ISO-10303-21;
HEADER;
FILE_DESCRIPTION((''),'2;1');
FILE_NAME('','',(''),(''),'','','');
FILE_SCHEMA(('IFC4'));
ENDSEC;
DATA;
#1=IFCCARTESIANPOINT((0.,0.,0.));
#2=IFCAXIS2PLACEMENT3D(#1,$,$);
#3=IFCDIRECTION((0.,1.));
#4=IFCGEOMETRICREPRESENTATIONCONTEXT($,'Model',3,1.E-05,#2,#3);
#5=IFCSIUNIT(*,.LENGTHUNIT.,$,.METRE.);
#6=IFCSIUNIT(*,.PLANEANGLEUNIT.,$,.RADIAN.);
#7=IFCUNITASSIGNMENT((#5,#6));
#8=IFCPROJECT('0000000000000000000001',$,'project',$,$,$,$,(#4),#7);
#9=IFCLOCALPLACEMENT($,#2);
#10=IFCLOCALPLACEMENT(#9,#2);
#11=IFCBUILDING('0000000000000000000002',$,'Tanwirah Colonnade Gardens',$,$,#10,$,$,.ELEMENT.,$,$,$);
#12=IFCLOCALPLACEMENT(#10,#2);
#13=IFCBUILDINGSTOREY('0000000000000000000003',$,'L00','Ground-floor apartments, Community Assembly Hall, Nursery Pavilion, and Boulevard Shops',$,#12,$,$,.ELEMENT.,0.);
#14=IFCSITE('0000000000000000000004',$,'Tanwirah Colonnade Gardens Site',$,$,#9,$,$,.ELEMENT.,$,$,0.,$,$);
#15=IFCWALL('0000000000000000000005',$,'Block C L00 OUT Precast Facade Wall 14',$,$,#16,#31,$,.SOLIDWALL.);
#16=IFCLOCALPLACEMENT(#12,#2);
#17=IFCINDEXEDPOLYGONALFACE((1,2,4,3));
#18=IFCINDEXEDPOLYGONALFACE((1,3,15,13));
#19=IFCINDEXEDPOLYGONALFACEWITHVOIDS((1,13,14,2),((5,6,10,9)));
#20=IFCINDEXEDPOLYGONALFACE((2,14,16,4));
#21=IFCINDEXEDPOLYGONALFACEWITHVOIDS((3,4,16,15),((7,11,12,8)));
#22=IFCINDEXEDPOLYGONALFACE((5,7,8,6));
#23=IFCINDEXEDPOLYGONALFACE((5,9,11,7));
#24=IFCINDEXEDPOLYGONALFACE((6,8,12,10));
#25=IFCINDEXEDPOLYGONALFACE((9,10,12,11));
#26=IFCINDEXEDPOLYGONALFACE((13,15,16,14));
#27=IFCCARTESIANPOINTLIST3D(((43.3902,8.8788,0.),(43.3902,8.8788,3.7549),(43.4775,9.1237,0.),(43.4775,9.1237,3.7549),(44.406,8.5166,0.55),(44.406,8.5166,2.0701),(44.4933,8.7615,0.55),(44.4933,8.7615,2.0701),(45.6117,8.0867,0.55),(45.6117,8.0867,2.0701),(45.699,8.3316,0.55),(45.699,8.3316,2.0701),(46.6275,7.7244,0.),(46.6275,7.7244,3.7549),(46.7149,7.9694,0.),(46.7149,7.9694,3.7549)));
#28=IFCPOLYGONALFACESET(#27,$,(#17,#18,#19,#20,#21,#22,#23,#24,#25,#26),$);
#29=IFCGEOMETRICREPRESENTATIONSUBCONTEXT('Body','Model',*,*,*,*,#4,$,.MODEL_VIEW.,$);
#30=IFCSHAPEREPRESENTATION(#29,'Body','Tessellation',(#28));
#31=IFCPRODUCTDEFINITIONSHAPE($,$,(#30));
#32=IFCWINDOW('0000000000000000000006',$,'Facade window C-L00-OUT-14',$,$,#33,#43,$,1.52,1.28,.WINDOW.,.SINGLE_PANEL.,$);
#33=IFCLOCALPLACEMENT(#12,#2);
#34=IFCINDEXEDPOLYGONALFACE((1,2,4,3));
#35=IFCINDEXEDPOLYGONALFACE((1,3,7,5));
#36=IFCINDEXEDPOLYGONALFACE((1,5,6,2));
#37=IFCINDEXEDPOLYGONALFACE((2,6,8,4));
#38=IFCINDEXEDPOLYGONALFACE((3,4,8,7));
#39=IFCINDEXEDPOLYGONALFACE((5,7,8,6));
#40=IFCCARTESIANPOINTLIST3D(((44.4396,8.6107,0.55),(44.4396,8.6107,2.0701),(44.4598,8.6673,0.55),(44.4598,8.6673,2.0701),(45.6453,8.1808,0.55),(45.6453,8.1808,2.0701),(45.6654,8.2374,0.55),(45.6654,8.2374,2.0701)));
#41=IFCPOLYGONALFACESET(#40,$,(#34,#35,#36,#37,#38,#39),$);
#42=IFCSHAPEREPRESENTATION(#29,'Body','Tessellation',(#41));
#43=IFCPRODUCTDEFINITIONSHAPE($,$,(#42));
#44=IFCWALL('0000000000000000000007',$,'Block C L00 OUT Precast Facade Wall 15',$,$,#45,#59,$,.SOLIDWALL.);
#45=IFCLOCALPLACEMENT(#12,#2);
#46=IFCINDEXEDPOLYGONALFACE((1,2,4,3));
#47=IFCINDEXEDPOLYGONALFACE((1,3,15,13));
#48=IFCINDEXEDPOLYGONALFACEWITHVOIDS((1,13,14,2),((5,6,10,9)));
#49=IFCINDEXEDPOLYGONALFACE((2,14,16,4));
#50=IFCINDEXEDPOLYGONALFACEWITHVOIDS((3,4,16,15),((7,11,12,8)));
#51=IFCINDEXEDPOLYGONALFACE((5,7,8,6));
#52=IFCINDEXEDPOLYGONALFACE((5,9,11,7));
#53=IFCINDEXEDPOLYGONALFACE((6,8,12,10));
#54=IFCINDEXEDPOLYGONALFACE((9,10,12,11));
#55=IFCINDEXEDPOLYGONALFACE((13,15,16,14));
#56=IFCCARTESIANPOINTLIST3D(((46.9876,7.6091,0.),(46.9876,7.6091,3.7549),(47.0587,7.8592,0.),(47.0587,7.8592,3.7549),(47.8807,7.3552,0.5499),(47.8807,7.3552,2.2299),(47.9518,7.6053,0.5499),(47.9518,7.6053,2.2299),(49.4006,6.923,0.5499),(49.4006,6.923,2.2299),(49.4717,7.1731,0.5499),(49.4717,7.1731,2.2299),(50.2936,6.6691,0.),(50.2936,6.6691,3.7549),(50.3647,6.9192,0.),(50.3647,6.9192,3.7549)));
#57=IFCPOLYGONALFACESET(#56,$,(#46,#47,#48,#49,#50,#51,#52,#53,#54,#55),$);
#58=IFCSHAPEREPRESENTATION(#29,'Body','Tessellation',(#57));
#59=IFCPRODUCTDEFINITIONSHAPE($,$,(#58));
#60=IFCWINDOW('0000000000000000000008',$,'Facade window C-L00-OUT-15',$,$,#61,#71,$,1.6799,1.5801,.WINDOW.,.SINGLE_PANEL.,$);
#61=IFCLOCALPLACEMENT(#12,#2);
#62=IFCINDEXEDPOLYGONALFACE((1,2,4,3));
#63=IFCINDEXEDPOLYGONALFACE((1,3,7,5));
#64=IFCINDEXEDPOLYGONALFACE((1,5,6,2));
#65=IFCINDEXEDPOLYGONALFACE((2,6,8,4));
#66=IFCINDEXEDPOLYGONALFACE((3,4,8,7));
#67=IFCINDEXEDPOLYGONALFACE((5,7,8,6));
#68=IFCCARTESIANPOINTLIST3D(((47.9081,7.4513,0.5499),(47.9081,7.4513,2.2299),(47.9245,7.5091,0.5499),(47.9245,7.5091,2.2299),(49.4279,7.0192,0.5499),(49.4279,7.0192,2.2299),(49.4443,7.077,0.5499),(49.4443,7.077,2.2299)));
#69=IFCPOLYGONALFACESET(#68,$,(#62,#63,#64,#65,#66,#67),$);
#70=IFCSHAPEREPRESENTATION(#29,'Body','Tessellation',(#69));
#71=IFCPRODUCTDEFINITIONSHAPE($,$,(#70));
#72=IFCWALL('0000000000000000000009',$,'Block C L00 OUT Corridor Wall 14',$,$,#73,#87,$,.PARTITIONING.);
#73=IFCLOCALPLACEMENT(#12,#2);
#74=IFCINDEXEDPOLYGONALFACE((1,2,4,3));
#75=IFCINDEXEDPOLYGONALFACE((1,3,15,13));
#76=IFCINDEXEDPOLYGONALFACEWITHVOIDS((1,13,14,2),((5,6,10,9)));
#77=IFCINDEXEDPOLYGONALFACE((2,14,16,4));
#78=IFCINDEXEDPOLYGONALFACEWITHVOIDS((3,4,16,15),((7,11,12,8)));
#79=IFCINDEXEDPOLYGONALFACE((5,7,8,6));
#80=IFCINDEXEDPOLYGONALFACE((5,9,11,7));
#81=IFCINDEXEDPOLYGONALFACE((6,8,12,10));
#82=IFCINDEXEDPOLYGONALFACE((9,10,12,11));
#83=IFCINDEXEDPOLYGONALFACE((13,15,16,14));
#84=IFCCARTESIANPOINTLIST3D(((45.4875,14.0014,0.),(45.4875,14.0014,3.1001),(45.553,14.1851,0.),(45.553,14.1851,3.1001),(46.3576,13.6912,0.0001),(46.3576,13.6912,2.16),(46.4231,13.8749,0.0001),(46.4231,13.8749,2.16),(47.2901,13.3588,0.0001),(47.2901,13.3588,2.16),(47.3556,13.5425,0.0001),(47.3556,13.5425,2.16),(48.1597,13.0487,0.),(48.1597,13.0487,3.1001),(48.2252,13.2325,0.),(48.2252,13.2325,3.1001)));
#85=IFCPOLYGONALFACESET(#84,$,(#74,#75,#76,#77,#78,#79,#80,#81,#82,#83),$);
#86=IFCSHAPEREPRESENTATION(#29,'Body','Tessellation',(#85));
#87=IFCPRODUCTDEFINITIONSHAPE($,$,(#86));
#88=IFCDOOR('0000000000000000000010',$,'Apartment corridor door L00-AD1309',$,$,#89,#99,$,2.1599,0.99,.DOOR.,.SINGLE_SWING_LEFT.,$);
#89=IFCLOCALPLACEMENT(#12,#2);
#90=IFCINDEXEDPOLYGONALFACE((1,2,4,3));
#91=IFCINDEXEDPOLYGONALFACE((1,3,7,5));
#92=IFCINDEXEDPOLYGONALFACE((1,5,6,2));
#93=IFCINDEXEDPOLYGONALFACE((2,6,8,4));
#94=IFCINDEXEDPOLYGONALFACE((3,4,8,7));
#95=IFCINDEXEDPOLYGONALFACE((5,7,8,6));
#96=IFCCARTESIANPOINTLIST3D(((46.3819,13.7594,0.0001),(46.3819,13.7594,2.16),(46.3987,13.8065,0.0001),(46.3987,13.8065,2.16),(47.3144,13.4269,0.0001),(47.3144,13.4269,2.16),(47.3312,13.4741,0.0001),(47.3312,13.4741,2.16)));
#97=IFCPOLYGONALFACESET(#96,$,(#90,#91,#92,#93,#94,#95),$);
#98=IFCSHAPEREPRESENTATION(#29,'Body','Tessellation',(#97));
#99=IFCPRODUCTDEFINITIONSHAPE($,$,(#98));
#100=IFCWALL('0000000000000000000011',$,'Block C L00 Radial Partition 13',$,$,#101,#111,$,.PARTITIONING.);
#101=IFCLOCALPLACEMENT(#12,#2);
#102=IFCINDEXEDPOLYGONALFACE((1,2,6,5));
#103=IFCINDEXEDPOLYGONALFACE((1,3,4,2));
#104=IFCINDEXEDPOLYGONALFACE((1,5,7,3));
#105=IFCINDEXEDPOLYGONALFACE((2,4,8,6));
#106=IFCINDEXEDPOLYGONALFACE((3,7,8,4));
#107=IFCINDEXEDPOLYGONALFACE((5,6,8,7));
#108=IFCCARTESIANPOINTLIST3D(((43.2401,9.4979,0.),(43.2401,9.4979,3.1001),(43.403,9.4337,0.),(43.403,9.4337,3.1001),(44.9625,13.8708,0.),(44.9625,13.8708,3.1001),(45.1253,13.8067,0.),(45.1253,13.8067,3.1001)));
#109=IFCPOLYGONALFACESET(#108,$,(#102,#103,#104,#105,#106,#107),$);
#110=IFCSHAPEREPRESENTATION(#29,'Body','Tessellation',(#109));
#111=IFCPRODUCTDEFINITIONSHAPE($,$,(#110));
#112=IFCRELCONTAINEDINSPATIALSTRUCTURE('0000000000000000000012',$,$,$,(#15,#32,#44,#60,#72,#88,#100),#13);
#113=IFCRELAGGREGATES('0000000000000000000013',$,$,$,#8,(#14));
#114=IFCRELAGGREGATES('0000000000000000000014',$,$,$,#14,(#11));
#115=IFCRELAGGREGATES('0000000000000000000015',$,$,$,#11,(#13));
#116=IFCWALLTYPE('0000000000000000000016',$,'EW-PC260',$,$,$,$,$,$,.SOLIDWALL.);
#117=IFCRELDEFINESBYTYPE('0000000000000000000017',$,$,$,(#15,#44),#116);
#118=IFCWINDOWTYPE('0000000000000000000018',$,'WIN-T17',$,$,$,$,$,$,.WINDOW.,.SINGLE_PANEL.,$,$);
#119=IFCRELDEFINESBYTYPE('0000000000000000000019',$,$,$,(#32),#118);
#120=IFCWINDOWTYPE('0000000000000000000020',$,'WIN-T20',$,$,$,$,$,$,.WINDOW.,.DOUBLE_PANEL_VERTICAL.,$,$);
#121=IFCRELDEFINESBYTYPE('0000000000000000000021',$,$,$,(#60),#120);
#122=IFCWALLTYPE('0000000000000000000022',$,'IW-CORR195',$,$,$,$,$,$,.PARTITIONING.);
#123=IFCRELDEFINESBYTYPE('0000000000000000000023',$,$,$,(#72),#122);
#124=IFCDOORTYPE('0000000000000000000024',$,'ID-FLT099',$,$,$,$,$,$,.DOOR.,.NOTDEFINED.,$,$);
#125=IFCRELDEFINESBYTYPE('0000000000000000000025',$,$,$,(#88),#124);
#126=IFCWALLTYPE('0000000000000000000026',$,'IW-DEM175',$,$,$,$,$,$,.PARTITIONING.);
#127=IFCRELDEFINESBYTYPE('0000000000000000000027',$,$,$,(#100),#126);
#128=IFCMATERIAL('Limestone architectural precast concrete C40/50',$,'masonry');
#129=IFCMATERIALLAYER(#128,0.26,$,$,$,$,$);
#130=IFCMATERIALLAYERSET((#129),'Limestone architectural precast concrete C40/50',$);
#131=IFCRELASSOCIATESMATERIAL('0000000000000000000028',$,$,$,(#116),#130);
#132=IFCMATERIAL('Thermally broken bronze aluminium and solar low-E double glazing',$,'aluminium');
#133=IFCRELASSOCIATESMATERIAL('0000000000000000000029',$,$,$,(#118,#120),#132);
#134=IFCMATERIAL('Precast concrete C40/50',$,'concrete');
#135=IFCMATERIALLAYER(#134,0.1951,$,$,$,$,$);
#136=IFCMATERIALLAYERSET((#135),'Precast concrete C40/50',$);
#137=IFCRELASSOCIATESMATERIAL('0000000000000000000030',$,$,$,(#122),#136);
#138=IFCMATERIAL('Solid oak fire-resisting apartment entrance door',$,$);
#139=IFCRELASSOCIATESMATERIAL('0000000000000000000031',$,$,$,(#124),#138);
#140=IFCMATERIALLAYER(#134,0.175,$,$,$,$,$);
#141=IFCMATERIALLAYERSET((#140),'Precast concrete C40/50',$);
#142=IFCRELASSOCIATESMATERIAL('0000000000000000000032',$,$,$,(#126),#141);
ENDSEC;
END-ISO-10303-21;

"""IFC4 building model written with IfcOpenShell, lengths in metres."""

from ifc_helpers import new_model, si_unit, direction, frame, frame_2d, origin, place, context, subcontext, project, spatial, rectangle, extrude, material, layer, layer_set, type_object, element, fill, save


model = new_model("IFC4")

# Units and contexts
model_context = context("Model", 3, precision=1e-05, world=origin(), true_north=direction((0.0, 1.0)))
body_context = subcontext(model_context, "Body", "Model", "MODEL_VIEW")
ifc_project = project(units=[si_unit("LENGTHUNIT", "METRE"), si_unit("PLANEANGLEUNIT", "RADIAN")], contexts=[model_context])

# Site, building, storey
site_placement = place(None, origin())
site = spatial("IfcSite", under=ifc_project, at=site_placement, Name="Tanwirah Colonnade Gardens Site", CompositionType="ELEMENT", RefElevation=0.0)
building_placement = place(site_placement, origin())
building = spatial("IfcBuilding", under=site, at=building_placement, Name="Tanwirah Colonnade Gardens", CompositionType="ELEMENT")
storey_placement = place(building_placement, origin())
storey = spatial("IfcBuildingStorey", under=building, at=storey_placement, Name="L00", Description="Ground-floor apartments, Community Assembly Hall, Nursery Pavilion, and Boulevard Shops", CompositionType="ELEMENT", Elevation=0.0)

# Shared definitions
ifc_material_1 = material(Name="Precast concrete C40/50", Category="concrete")

# Walls, openings, windows
ifc_material_2 = material(Name="Limestone architectural precast concrete C40/50", Category="masonry")
ifc_layer_1 = layer(ifc_material_2, 0.26)
ifc_layer_set_1 = layer_set([ifc_layer_1], Name="Limestone architectural precast concrete C40/50")
wall_type_1 = type_object("IfcWallType", Name="EW-PC260", PredefinedType="SOLIDWALL", material=ifc_layer_set_1)
wall_1_placement = place(storey_placement, frame((43.4338, 9.0012, 0.0), z_axis=(0.0, 0.0, 1.0), x_axis=(0.941915, -0.33585, 0.0)))
wall_1 = element("IfcWall", 1, at=wall_1_placement, inside=storey, type_object=wall_type_1, Name="Block C L00 OUT Precast Facade Wall 14", PredefinedType="SOLIDWALL", context=body_context, shape_type="SweptSolid", body=[
    extrude(rectangle(XDim=3.437, YDim=0.26, at=frame_2d((1.7185, 0.0))), origin(), (0.0, 0.0, 1.0), 3.7549),
])
opening_1_placement = place(wall_1_placement, frame((1.0784, 0.0, 0.55)))
opening_1 = element("IfcOpeningElement", 2, at=opening_1_placement, cuts=wall_1, PredefinedType="OPENING", context=body_context, shape_type="SweptSolid", body=[
    extrude(rectangle(XDim=1.28, YDim=1.52, at=frame_2d((0.6401, 0.76))), frame((0.0, 0.1399, 0.0), z_axis=(0.0, -1.0, 0.0), x_axis=(1.0, 0.0, 0.0)), (0.0, 0.0, 1.0), 0.28),
])
ifc_material_3 = material(Name="Thermally broken bronze aluminium and solar low-E double glazing", Category="aluminium")
window_type_1 = type_object("IfcWindowType", Name="WIN-T17", PartitioningType="SINGLE_PANEL", PredefinedType="WINDOW", material=ifc_material_3)
window_1_placement = place(opening_1_placement, origin())
window_1 = element("IfcWindow", 3, at=window_1_placement, inside=storey, type_object=window_type_1, Name="Facade window C-L00-OUT-14", OverallHeight=1.52, OverallWidth=1.28, PartitioningType="SINGLE_PANEL", PredefinedType="WINDOW", context=body_context, shape_type="SweptSolid", body=[
    extrude(rectangle(XDim=1.28, YDim=1.52, at=frame_2d((0.6401, 0.76))), frame((0.0, 0.03, 0.0), z_axis=(0.0, -1.0, 0.0), x_axis=(1.0, 0.0, 0.0)), (0.0, 0.0, 1.0), 0.0601),
])
fill(opening_1, window_1)
wall_2_placement = place(storey_placement, frame((47.0232, 7.7341, 0.0), z_axis=(0.0, 0.0, 1.0), x_axis=(0.961877, -0.273482, 0.0)))
wall_2 = element("IfcWall", 4, at=wall_2_placement, inside=storey, type_object=wall_type_1, Name="Block C L00 OUT Precast Facade Wall 15", PredefinedType="SOLIDWALL", context=body_context, shape_type="SweptSolid", body=[
    extrude(rectangle(XDim=3.437, YDim=0.26, at=frame_2d((1.7185, 0.0))), origin(), (0.0, 0.0, 1.0), 3.7549),
])
opening_2_placement = place(wall_2_placement, frame((0.9285, 0.0, 0.55)))
opening_2 = element("IfcOpeningElement", 5, at=opening_2_placement, cuts=wall_2, PredefinedType="OPENING", context=body_context, shape_type="SweptSolid", body=[
    extrude(rectangle(XDim=1.5801, YDim=1.6799, at=frame_2d((0.79, 0.8398))), frame((0.0, 0.1399, 0.0), z_axis=(0.0, -1.0, 0.0), x_axis=(1.0, 0.0, 0.0)), (0.0, 0.0, 1.0), 0.28),
])
window_type_2 = type_object("IfcWindowType", Name="WIN-T20", PartitioningType="DOUBLE_PANEL_VERTICAL", PredefinedType="WINDOW", material=ifc_material_3)
window_2_placement = place(opening_2_placement, origin())
window_2 = element("IfcWindow", 6, at=window_2_placement, inside=storey, type_object=window_type_2, Name="Facade window C-L00-OUT-15", OverallHeight=1.6799, OverallWidth=1.5801, PartitioningType="SINGLE_PANEL", PredefinedType="WINDOW", context=body_context, shape_type="SweptSolid", body=[
    extrude(rectangle(XDim=1.5801, YDim=1.6799, at=frame_2d((0.79, 0.8398))), frame((0.0, 0.03, 0.0), z_axis=(0.0, -1.0, 0.0), x_axis=(1.0, 0.0, 0.0)), (0.0, 0.0, 1.0), 0.0601),
])
fill(opening_2, window_2)

# Wall, opening, door
ifc_layer_2 = layer(ifc_material_1, 0.1951)
ifc_layer_set_2 = layer_set([ifc_layer_2], Name="Precast concrete C40/50")
wall_type_2 = type_object("IfcWallType", Name="IW-CORR195", PredefinedType="PARTITIONING", material=ifc_layer_set_2)
wall_3_placement = place(storey_placement, frame((45.5203, 14.0933, 0.0), z_axis=(0.0, 0.0, 1.0), x_axis=(0.941931, -0.335808, 0.0)))
wall_3 = element("IfcWall", 7, at=wall_3_placement, inside=storey, type_object=wall_type_2, Name="Block C L00 OUT Corridor Wall 14", PredefinedType="PARTITIONING", context=body_context, shape_type="SweptSolid", body=[
    extrude(rectangle(XDim=2.8369, YDim=0.1951, at=frame_2d((1.4185, 0.0))), origin(), (0.0, 0.0, 1.0), 3.1001),
])
opening_3_placement = place(wall_3_placement, frame((0.9236, 0.0, 0.0)))
opening_3 = element("IfcOpeningElement", 8, at=opening_3_placement, cuts=wall_3, PredefinedType="OPENING", context=body_context, shape_type="SweptSolid", body=[
    extrude(rectangle(XDim=0.99, YDim=2.1599, at=frame_2d((0.4951, 1.0801))), frame((0.0, 0.1074, 0.0), z_axis=(0.0, -1.0, 0.0), x_axis=(1.0, 0.0, 0.0)), (0.0, 0.0, 1.0), 0.2151),
])
ifc_material_4 = material(Name="Solid oak fire-resisting apartment entrance door")
door_type_1 = type_object("IfcDoorType", Name="ID-FLT099", OperationType="NOTDEFINED", PredefinedType="DOOR", material=ifc_material_4)
door_1_placement = place(opening_3_placement, origin())
door_1 = element("IfcDoor", 9, at=door_1_placement, inside=storey, type_object=door_type_1, Name="Apartment corridor door L00-AD1309", OperationType="SINGLE_SWING_LEFT", OverallHeight=2.1599, OverallWidth=0.99, PredefinedType="DOOR", context=body_context, shape_type="SweptSolid", body=[
    extrude(rectangle(XDim=0.99, YDim=2.1599, at=frame_2d((0.4951, 1.0801))), frame((0.0, 0.0249, 0.0), z_axis=(0.0, -1.0, 0.0), x_axis=(1.0, 0.0, 0.0)), (0.0, 0.0, 1.0), 0.05),
])
fill(opening_3, door_1)

# Wall
ifc_layer_3 = layer(ifc_material_1, 0.175)
ifc_layer_set_3 = layer_set([ifc_layer_3], Name="Precast concrete C40/50")
wall_type_3 = type_object("IfcWallType", Name="IW-DEM175", PredefinedType="PARTITIONING", material=ifc_layer_set_3)
wall_4_placement = place(storey_placement, frame((45.0439, 13.8389, 0.0), z_axis=(0.0, 0.0, 1.0), x_axis=(-0.366469, -0.93043, 0.0)))
element("IfcWall", 10, at=wall_4_placement, inside=storey, type_object=wall_type_3, Name="Block C L00 Radial Partition 13", PredefinedType="PARTITIONING", context=body_context, shape_type="SweptSolid", body=[
    extrude(rectangle(XDim=4.7, YDim=0.175, at=frame_2d((2.3501, 0.0))), origin(), (0.0, 0.0, 1.0), 3.1001),
])

save(model, "model.ifc")
